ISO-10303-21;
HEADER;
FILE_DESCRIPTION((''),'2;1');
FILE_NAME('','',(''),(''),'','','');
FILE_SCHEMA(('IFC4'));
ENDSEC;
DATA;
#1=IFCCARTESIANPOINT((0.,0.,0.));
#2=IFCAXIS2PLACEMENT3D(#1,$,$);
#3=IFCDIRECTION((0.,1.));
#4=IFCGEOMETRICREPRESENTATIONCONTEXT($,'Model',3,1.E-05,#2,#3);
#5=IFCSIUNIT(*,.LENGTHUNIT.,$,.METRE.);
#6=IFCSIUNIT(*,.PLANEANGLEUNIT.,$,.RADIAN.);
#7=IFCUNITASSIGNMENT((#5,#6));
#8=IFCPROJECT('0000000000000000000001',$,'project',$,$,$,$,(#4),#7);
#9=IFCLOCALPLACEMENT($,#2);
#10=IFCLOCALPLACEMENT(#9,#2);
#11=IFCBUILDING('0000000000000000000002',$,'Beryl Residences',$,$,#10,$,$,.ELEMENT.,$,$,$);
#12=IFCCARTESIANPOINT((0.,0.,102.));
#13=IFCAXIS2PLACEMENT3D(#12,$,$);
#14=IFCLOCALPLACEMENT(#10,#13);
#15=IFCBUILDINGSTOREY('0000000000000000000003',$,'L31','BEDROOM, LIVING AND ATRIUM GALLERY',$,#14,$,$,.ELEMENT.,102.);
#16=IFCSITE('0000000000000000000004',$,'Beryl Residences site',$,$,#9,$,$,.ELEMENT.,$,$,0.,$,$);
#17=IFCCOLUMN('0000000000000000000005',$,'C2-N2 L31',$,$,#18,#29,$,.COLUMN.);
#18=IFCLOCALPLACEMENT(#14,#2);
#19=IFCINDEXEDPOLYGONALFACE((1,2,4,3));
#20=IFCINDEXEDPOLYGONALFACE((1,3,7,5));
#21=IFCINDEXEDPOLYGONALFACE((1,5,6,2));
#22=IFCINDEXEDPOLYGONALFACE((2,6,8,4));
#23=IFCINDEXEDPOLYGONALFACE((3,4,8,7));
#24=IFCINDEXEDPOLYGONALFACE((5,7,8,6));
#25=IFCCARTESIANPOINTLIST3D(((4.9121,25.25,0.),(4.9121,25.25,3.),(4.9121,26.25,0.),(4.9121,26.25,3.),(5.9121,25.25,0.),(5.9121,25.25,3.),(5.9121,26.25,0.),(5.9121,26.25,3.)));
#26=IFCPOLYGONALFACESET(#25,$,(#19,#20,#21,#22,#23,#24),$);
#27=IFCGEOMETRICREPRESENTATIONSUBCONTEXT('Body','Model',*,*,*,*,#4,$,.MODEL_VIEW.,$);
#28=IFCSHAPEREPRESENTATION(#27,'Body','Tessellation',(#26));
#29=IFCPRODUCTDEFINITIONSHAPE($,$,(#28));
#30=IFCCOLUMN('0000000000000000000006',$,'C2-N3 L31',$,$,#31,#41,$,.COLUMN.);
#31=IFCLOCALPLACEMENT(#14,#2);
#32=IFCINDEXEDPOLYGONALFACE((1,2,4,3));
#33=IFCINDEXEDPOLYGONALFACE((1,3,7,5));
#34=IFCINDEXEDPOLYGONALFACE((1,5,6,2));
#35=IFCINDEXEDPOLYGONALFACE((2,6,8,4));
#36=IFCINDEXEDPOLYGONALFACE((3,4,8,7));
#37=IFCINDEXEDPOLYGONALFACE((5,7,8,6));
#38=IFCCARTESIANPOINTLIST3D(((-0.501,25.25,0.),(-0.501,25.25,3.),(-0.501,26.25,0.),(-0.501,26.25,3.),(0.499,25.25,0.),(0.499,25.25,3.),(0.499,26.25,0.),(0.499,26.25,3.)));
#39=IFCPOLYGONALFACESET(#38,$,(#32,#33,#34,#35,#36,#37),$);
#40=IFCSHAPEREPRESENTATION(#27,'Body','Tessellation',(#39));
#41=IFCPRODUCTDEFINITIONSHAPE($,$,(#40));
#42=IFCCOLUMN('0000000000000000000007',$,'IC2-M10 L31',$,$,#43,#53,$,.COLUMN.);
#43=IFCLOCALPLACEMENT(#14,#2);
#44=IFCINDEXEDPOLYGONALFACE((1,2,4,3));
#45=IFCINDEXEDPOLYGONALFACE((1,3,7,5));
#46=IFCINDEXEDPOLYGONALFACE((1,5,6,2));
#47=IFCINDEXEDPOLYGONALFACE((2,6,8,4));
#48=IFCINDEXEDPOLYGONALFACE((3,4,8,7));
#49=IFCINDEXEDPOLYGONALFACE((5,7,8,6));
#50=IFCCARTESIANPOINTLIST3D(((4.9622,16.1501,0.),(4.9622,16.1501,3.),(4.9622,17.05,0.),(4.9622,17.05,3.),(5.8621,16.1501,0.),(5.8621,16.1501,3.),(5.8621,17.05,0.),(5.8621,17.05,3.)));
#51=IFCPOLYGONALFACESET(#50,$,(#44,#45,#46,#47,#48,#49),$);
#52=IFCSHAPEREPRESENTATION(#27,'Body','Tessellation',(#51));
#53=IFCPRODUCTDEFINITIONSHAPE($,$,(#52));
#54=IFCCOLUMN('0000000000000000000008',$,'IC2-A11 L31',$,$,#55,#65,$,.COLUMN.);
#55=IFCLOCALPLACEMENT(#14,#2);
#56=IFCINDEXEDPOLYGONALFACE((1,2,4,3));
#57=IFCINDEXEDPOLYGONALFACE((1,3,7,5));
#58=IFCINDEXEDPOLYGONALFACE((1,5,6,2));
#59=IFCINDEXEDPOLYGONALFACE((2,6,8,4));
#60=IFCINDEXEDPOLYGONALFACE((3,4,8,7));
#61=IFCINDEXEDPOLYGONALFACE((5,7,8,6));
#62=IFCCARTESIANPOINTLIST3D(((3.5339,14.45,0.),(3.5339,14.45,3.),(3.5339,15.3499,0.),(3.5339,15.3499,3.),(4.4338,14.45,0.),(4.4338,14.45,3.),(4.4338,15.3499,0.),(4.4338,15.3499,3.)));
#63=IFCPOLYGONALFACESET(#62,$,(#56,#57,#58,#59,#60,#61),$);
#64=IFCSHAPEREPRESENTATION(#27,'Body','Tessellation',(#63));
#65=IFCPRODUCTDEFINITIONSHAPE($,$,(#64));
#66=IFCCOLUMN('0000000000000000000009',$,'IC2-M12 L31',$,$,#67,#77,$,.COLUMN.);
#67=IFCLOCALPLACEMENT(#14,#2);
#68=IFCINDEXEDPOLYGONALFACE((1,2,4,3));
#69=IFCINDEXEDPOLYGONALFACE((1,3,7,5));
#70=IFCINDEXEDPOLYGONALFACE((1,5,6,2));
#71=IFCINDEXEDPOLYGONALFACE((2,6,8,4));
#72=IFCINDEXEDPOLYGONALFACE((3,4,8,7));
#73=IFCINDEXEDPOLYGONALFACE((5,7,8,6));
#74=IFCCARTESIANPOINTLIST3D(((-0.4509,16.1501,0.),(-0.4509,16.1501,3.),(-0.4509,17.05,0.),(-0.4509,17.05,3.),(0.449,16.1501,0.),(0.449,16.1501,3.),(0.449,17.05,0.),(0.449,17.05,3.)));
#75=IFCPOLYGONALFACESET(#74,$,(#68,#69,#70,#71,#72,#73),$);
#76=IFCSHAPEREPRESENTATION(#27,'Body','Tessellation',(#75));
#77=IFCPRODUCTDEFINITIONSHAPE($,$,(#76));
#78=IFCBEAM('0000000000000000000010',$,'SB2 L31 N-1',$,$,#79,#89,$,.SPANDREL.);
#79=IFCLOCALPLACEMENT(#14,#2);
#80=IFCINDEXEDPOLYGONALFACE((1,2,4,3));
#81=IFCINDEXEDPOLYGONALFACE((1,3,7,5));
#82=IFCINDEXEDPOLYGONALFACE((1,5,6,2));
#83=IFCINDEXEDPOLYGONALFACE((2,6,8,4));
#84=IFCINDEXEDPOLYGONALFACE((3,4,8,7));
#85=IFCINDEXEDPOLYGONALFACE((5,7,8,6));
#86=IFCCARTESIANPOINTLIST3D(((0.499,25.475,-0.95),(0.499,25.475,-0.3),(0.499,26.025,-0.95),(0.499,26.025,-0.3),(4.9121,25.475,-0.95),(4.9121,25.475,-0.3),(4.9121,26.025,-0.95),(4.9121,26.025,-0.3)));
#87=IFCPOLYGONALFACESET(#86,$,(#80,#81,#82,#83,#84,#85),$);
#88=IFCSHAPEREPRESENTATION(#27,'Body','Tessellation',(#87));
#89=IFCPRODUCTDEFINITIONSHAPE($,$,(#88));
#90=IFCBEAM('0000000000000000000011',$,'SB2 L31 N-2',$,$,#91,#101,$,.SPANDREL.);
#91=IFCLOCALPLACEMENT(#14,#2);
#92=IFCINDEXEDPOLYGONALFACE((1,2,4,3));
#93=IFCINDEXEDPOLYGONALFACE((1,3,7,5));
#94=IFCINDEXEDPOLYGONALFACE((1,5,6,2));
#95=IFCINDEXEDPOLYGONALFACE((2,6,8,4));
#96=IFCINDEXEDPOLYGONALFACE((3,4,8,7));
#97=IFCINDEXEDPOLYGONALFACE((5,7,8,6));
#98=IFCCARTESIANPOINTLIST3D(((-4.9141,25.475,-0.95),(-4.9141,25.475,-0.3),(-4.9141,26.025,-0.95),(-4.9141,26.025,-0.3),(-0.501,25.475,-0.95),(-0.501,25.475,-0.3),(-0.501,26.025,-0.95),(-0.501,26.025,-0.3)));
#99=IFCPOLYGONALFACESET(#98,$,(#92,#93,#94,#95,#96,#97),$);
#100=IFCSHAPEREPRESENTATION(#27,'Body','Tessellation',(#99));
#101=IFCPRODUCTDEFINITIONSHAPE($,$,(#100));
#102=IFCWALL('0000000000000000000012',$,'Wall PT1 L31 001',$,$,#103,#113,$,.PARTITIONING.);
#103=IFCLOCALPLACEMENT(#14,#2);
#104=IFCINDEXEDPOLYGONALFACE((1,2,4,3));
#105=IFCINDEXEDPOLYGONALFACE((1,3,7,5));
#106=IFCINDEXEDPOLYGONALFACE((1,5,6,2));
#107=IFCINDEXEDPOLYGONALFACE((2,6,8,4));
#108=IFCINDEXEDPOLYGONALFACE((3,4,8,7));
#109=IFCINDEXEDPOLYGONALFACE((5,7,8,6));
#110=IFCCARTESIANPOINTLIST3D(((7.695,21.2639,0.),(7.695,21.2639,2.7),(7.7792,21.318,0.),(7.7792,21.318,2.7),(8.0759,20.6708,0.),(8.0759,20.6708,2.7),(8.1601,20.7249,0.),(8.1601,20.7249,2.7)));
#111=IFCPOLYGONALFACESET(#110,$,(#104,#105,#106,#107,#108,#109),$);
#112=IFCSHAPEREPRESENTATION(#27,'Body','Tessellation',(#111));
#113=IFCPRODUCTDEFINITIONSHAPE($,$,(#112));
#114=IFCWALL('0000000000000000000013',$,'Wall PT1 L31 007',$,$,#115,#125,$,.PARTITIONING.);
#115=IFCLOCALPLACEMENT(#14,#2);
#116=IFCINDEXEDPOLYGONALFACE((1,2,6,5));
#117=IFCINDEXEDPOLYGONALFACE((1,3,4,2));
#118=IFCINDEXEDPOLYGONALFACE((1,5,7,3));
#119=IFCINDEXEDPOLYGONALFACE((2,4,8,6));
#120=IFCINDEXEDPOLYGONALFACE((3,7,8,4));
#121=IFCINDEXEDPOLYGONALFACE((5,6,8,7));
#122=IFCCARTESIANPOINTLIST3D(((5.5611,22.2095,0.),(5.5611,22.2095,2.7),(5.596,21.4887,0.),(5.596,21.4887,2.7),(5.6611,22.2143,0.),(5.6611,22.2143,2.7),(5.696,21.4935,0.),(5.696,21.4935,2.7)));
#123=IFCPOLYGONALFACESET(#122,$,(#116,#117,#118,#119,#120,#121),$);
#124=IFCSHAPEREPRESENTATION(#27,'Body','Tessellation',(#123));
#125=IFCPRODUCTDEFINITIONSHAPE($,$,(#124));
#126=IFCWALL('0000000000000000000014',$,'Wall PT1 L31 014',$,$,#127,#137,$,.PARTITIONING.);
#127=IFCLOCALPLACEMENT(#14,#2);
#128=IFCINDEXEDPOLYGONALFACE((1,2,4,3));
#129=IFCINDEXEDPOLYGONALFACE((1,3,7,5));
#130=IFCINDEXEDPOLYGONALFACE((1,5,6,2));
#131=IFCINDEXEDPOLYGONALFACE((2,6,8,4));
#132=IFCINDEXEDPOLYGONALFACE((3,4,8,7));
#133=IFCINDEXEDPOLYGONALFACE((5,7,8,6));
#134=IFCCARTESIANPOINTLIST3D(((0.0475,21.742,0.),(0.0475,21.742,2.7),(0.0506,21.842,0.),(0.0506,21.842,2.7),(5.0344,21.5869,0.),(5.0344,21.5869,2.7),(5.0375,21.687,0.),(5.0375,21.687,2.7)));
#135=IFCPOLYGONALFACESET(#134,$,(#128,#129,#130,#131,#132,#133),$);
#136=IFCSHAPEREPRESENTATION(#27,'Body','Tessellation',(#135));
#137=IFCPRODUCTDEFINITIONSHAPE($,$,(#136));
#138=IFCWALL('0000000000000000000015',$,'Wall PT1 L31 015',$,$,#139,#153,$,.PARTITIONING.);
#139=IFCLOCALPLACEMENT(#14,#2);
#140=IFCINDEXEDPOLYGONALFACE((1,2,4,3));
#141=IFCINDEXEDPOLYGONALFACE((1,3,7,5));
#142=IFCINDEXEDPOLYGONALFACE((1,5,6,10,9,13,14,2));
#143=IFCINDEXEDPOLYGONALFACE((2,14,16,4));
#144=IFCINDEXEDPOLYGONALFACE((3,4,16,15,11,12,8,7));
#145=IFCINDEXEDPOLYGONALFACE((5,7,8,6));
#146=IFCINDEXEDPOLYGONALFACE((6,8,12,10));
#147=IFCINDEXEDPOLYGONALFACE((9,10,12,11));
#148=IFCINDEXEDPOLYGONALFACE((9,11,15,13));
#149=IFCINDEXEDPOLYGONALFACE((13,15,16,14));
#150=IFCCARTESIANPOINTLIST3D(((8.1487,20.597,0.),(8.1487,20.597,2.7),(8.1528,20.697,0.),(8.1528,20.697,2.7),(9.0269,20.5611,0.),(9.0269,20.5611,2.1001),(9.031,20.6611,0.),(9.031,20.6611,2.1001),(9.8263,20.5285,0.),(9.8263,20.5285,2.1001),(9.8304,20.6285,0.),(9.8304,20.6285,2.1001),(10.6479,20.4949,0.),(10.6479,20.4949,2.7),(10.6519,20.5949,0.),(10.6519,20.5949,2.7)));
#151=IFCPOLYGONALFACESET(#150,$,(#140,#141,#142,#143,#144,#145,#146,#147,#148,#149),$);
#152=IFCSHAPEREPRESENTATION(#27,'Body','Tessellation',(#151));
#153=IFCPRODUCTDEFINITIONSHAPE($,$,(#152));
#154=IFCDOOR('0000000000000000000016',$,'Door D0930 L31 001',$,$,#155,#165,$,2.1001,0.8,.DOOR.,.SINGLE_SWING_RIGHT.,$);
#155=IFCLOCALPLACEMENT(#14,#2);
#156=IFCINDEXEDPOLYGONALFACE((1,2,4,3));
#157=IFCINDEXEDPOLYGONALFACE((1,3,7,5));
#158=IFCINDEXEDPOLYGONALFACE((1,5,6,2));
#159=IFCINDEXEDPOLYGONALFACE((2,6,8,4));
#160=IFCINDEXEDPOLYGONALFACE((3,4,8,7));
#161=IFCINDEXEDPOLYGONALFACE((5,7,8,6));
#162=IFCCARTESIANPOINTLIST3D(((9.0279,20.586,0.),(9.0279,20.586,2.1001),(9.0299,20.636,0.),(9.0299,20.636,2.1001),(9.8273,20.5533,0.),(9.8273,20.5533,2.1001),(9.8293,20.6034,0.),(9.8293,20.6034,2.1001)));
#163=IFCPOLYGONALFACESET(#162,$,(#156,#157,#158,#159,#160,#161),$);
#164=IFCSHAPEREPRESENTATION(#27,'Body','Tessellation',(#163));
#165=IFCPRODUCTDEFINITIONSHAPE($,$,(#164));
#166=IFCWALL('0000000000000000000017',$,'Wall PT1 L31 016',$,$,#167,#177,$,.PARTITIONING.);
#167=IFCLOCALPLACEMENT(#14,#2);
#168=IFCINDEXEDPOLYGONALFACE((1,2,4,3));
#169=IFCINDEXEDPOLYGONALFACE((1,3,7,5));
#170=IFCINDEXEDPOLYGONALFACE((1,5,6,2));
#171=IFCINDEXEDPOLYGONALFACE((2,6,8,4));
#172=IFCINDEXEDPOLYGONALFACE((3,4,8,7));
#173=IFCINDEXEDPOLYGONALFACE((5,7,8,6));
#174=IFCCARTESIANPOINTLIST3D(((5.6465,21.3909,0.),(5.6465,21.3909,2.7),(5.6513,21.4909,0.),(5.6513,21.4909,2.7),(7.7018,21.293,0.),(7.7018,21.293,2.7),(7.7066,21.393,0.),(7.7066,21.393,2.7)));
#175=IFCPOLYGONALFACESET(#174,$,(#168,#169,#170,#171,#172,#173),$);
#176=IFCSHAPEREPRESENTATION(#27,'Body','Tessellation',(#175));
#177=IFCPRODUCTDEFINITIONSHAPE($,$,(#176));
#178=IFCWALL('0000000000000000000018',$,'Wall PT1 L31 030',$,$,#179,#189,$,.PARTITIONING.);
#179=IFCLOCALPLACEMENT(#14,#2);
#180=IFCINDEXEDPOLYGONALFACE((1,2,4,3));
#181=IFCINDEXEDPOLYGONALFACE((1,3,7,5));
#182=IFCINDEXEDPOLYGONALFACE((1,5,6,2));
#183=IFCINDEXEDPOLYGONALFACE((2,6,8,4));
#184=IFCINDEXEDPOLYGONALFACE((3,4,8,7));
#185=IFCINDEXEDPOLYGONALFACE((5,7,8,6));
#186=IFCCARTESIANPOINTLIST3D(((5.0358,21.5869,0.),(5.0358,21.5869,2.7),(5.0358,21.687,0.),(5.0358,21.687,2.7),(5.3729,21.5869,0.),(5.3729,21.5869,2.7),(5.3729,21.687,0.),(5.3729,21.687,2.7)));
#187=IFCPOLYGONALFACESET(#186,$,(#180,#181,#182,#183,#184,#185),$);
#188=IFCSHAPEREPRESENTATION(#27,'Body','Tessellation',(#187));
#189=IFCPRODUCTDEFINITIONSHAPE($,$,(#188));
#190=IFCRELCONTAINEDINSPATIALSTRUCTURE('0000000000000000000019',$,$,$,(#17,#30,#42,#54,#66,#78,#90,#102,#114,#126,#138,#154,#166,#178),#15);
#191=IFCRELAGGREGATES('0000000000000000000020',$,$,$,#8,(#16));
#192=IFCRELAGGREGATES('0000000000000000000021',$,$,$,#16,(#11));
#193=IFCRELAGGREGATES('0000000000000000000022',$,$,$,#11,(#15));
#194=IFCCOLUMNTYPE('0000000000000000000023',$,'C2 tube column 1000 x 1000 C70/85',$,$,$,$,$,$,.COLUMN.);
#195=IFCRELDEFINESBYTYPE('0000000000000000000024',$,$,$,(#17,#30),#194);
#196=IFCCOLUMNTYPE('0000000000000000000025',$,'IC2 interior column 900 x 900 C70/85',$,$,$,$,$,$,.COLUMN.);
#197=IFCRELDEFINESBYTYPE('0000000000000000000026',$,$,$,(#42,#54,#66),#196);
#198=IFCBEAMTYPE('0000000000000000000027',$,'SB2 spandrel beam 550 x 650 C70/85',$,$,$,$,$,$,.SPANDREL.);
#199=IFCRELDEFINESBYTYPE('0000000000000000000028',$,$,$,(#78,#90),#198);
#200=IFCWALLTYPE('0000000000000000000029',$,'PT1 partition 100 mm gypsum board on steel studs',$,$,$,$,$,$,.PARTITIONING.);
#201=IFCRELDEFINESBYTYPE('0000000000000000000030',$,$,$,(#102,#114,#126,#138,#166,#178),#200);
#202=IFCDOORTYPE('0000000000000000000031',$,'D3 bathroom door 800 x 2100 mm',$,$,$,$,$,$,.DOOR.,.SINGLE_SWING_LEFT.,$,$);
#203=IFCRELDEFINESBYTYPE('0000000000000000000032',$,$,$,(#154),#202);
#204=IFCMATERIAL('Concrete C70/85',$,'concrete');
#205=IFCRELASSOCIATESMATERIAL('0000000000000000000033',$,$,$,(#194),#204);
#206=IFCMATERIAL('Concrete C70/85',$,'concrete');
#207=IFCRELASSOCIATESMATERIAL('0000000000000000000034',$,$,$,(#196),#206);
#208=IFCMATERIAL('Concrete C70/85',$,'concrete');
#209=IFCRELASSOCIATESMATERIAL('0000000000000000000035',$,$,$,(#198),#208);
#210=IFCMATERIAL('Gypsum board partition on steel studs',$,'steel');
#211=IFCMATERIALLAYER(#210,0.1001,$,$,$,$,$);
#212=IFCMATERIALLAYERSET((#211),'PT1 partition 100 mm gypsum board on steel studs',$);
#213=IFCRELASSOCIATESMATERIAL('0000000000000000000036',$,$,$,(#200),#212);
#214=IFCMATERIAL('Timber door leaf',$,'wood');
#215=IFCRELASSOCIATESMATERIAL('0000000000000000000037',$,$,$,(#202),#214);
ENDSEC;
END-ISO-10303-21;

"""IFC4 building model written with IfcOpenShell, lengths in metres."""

from ifc_helpers import new_model, si_unit, direction, frame, frame_2d, origin, origin_2d, place, context, subcontext, project, spatial, rectangle, extrude, material, layer, layer_set, material_profile, profile_set, type_object, element, fill, save


model = new_model("IFC4")

# Units and contexts
model_context = context("Model", 3, precision=1e-05, world=origin(), true_north=direction((0.0, 1.0)))
body_context = subcontext(model_context, "Body", "Model", "MODEL_VIEW")
ifc_project = project(units=[si_unit("LENGTHUNIT", "METRE"), si_unit("PLANEANGLEUNIT", "RADIAN")], contexts=[model_context])

# Site, building, storey
site_placement = place(None, origin())
site = spatial("IfcSite", under=ifc_project, at=site_placement, Name="Beryl Residences site", CompositionType="ELEMENT", RefElevation=0.0)
building_placement = place(site_placement, origin())
building = spatial("IfcBuilding", under=site, at=building_placement, Name="Beryl Residences", CompositionType="ELEMENT")
storey_placement = place(building_placement, frame((0.0, 0.0, 102.0)))
storey = spatial("IfcBuildingStorey", under=building, at=storey_placement, Name="L31", Description="BEDROOM, LIVING AND ATRIUM GALLERY", CompositionType="ELEMENT", Elevation=102.0)

# Columns
ifc_material_1 = material(Name="Concrete C70/85", Category="concrete")
ifc_material_profile_1 = material_profile(ifc_material_1, rectangle(XDim=1.0, YDim=1.0, at=origin_2d()))
ifc_profile_set_1 = profile_set([ifc_material_profile_1], Name="Concrete C70/85")
column_type_1 = type_object("IfcColumnType", Name="C2 tube column 1000 x 1000 C70/85", PredefinedType="COLUMN", material=ifc_profile_set_1)
for number, where, z_axis, x_axis, name in (
    (1, (5.4121, 25.75, 0.0), (0.0, 0.0, 1.0), (-1.0, 0.0, 0.0), "C2-N2 L31"),
    (2, (-0.001, 25.75, 0.0), (0.0, 0.0, 1.0), (-1.0, 0.0, 0.0), "C2-N3 L31"),
):
    element("IfcColumn", number, at=place(storey_placement, frame(where, z_axis=z_axis, x_axis=x_axis)), inside=storey, type_object=column_type_1, Name=name, PredefinedType="COLUMN", context=body_context, shape_type="SweptSolid", body=[
        extrude(rectangle(XDim=1.0, YDim=1.0, at=origin_2d()), origin(), (0.0, 0.0, 1.0), 3.0),
    ])
ifc_material_2 = material(Name="Concrete C70/85", Category="concrete")
ifc_material_profile_2 = material_profile(ifc_material_2, rectangle(XDim=0.8999, YDim=0.8999, at=origin_2d()))
ifc_profile_set_2 = profile_set([ifc_material_profile_2], Name="Concrete C70/85")
column_type_2 = type_object("IfcColumnType", Name="IC2 interior column 900 x 900 C70/85", PredefinedType="COLUMN", material=ifc_profile_set_2)
for number, where, z_axis, x_axis, name in (
    (3, (5.4121, 16.6001, 0.0), (0.0, 0.0, 1.0), (-1.0, 0.0, 0.0), "IC2-M10 L31"),
    (4, (3.9839, 14.8999, 0.0), (0.0, 0.0, 1.0), (1.0, 0.0, 0.0), "IC2-A11 L31"),
    (5, (-0.001, 16.6001, 0.0), (0.0, 0.0, 1.0), (-1.0, 0.0, 0.0), "IC2-M12 L31"),
):
    element("IfcColumn", number, at=place(storey_placement, frame(where, z_axis=z_axis, x_axis=x_axis)), inside=storey, type_object=column_type_2, Name=name, PredefinedType="COLUMN", context=body_context, shape_type="SweptSolid", body=[
        extrude(rectangle(XDim=0.8999, YDim=0.8999, at=origin_2d()), origin(), (0.0, 0.0, 1.0), 3.0),
    ])

# Beams
ifc_material_3 = material(Name="Concrete C70/85", Category="concrete")
ifc_material_profile_3 = material_profile(ifc_material_3, rectangle(XDim=0.55, YDim=0.6499, at=origin_2d()))
ifc_profile_set_3 = profile_set([ifc_material_profile_3], Name="Concrete C70/85")
beam_type = type_object("IfcBeamType", Name="SB2 spandrel beam 550 x 650 C70/85", PredefinedType="SPANDREL", material=ifc_profile_set_3)
for number, where, z_axis, x_axis, name in (
    (6, (4.9121, 25.75, -0.625), (-1.0, 0.0, 0.0), (0.0, -1.0, 0.0), "SB2 L31 N-1"),
    (7, (-0.501, 25.75, -0.625), (-1.0, 0.0, 0.0), (0.0, -1.0, 0.0), "SB2 L31 N-2"),
):
    element("IfcBeam", number, at=place(storey_placement, frame(where, z_axis=z_axis, x_axis=x_axis)), inside=storey, type_object=beam_type, Name=name, PredefinedType="SPANDREL", context=body_context, shape_type="SweptSolid", body=[
        extrude(rectangle(XDim=0.55, YDim=0.6499, at=origin_2d()), origin(), (0.0, 0.0, 1.0), 4.4131),
    ])

# Walls
ifc_material_4 = material(Name="Gypsum board partition on steel studs", Category="steel")
ifc_layer_1 = layer(ifc_material_4, 0.1001)
ifc_layer_set_1 = layer_set([ifc_layer_1], Name="PT1 partition 100 mm gypsum board on steel studs")
wall_type_1 = type_object("IfcWallType", Name="PT1 partition 100 mm gypsum board on steel studs", PredefinedType="PARTITIONING", material=ifc_layer_set_1)
wall_1_placement = place(storey_placement, frame((7.7371, 21.291, 0.0), z_axis=(0.0, 0.0, 1.0), x_axis=(0.54039, -0.841415, 0.0)))
element("IfcWall", 8, at=wall_1_placement, inside=storey, type_object=wall_type_1, Name="Wall PT1 L31 001", PredefinedType="PARTITIONING", context=body_context, shape_type="SweptSolid", body=[
    extrude(rectangle(XDim=0.7048, YDim=0.1001, at=frame_2d((0.3525, 0.0))), origin(), (0.0, 0.0, 1.0), 2.7),
])
wall_2_placement = place(storey_placement, frame((5.6111, 22.2119, 0.0), z_axis=(0.0, 0.0, 1.0), x_axis=(0.048369, -0.99883, 0.0)))
element("IfcWall", 9, at=wall_2_placement, inside=storey, type_object=wall_type_1, Name="Wall PT1 L31 007", PredefinedType="PARTITIONING", context=body_context, shape_type="SweptSolid", body=[
    extrude(rectangle(XDim=0.7217, YDim=0.1001, at=frame_2d((0.3608, 0.0))), origin(), (0.0, 0.0, 1.0), 2.7),
])
wall_3_placement = place(storey_placement, frame((0.0491, 21.792, 0.0), z_axis=(0.0, 0.0, 1.0), x_axis=(0.999517, -0.031073, 0.0)))
element("IfcWall", 10, at=wall_3_placement, inside=storey, type_object=wall_type_1, Name="Wall PT1 L31 014", PredefinedType="PARTITIONING", context=body_context, shape_type="SweptSolid", body=[
    extrude(rectangle(XDim=4.9893, YDim=0.1001, at=frame_2d((2.4946, 0.0))), origin(), (0.0, 0.0, 1.0), 2.7),
])

# Wall, opening, door
wall_4_placement = place(storey_placement, frame((8.1509, 20.647, 0.0), z_axis=(0.0, 0.0, 1.0), x_axis=(0.999167, -0.040802, 0.0)))
wall_4 = element("IfcWall", 11, at=wall_4_placement, inside=storey, type_object=wall_type_1, Name="Wall PT1 L31 015", PredefinedType="PARTITIONING", context=body_context, shape_type="SweptSolid", body=[
    extrude(rectangle(XDim=2.5012, YDim=0.1001, at=frame_2d((1.2505, 0.0))), origin(), (0.0, 0.0, 1.0), 2.7),
])
opening_1_placement = place(wall_4_placement, frame((0.8789, 0.0, 0.0)))
opening_1 = element("IfcOpeningElement", 12, at=opening_1_placement, cuts=wall_4, PredefinedType="OPENING", context=body_context, shape_type="SweptSolid", body=[
    extrude(rectangle(XDim=0.8, YDim=2.1001, at=frame_2d((0.3999, 1.05))), frame((0.0, 0.0601, 0.0), z_axis=(0.0, -1.0, 0.0), x_axis=(1.0, 0.0, 0.0)), (0.0, 0.0, 1.0), 0.1201),
])
ifc_material_5 = material(Name="Timber door leaf", Category="wood")
door_type_1 = type_object("IfcDoorType", Name="D3 bathroom door 800 x 2100 mm", OperationType="SINGLE_SWING_LEFT", PredefinedType="DOOR", material=ifc_material_5)
door_1_placement = place(opening_1_placement, origin())
door_1 = element("IfcDoor", 13, at=door_1_placement, inside=storey, type_object=door_type_1, Name="Door D0930 L31 001", OperationType="SINGLE_SWING_RIGHT", OverallHeight=2.1001, OverallWidth=0.8, PredefinedType="DOOR", context=body_context, shape_type="SweptSolid", body=[
    extrude(rectangle(XDim=0.8, YDim=2.1001, at=frame_2d((0.3999, 1.05))), frame((0.0, 0.0249, 0.0), z_axis=(0.0, -1.0, 0.0), x_axis=(1.0, 0.0, 0.0)), (0.0, 0.0, 1.0), 0.05),
])
fill(opening_1, door_1)

# Walls
wall_5_placement = place(storey_placement, frame((5.6489, 21.4409, 0.0), z_axis=(0.0, 0.0, 1.0), x_axis=(0.998867, -0.047582, 0.0)))
element("IfcWall", 14, at=wall_5_placement, inside=storey, type_object=wall_type_1, Name="Wall PT1 L31 016", PredefinedType="PARTITIONING", context=body_context, shape_type="SweptSolid", body=[
    extrude(rectangle(XDim=2.0576, YDim=0.1001, at=frame_2d((1.0288, 0.0))), origin(), (0.0, 0.0, 1.0), 2.7),
])
wall_6_placement = place(storey_placement, frame((5.0359, 21.637, 0.0), z_axis=(0.0, 0.0, 1.0), x_axis=(1.0, 0.0, 0.0)))
element("IfcWall", 15, at=wall_6_placement, inside=storey, type_object=wall_type_1, Name="Wall PT1 L31 030", PredefinedType="PARTITIONING", context=body_context, shape_type="SweptSolid", body=[
    extrude(rectangle(XDim=0.3372, YDim=0.1001, at=frame_2d((0.1685, 0.0))), origin(), (0.0, 0.0, 1.0), 2.7),
])

save(model, "model.ifc")
